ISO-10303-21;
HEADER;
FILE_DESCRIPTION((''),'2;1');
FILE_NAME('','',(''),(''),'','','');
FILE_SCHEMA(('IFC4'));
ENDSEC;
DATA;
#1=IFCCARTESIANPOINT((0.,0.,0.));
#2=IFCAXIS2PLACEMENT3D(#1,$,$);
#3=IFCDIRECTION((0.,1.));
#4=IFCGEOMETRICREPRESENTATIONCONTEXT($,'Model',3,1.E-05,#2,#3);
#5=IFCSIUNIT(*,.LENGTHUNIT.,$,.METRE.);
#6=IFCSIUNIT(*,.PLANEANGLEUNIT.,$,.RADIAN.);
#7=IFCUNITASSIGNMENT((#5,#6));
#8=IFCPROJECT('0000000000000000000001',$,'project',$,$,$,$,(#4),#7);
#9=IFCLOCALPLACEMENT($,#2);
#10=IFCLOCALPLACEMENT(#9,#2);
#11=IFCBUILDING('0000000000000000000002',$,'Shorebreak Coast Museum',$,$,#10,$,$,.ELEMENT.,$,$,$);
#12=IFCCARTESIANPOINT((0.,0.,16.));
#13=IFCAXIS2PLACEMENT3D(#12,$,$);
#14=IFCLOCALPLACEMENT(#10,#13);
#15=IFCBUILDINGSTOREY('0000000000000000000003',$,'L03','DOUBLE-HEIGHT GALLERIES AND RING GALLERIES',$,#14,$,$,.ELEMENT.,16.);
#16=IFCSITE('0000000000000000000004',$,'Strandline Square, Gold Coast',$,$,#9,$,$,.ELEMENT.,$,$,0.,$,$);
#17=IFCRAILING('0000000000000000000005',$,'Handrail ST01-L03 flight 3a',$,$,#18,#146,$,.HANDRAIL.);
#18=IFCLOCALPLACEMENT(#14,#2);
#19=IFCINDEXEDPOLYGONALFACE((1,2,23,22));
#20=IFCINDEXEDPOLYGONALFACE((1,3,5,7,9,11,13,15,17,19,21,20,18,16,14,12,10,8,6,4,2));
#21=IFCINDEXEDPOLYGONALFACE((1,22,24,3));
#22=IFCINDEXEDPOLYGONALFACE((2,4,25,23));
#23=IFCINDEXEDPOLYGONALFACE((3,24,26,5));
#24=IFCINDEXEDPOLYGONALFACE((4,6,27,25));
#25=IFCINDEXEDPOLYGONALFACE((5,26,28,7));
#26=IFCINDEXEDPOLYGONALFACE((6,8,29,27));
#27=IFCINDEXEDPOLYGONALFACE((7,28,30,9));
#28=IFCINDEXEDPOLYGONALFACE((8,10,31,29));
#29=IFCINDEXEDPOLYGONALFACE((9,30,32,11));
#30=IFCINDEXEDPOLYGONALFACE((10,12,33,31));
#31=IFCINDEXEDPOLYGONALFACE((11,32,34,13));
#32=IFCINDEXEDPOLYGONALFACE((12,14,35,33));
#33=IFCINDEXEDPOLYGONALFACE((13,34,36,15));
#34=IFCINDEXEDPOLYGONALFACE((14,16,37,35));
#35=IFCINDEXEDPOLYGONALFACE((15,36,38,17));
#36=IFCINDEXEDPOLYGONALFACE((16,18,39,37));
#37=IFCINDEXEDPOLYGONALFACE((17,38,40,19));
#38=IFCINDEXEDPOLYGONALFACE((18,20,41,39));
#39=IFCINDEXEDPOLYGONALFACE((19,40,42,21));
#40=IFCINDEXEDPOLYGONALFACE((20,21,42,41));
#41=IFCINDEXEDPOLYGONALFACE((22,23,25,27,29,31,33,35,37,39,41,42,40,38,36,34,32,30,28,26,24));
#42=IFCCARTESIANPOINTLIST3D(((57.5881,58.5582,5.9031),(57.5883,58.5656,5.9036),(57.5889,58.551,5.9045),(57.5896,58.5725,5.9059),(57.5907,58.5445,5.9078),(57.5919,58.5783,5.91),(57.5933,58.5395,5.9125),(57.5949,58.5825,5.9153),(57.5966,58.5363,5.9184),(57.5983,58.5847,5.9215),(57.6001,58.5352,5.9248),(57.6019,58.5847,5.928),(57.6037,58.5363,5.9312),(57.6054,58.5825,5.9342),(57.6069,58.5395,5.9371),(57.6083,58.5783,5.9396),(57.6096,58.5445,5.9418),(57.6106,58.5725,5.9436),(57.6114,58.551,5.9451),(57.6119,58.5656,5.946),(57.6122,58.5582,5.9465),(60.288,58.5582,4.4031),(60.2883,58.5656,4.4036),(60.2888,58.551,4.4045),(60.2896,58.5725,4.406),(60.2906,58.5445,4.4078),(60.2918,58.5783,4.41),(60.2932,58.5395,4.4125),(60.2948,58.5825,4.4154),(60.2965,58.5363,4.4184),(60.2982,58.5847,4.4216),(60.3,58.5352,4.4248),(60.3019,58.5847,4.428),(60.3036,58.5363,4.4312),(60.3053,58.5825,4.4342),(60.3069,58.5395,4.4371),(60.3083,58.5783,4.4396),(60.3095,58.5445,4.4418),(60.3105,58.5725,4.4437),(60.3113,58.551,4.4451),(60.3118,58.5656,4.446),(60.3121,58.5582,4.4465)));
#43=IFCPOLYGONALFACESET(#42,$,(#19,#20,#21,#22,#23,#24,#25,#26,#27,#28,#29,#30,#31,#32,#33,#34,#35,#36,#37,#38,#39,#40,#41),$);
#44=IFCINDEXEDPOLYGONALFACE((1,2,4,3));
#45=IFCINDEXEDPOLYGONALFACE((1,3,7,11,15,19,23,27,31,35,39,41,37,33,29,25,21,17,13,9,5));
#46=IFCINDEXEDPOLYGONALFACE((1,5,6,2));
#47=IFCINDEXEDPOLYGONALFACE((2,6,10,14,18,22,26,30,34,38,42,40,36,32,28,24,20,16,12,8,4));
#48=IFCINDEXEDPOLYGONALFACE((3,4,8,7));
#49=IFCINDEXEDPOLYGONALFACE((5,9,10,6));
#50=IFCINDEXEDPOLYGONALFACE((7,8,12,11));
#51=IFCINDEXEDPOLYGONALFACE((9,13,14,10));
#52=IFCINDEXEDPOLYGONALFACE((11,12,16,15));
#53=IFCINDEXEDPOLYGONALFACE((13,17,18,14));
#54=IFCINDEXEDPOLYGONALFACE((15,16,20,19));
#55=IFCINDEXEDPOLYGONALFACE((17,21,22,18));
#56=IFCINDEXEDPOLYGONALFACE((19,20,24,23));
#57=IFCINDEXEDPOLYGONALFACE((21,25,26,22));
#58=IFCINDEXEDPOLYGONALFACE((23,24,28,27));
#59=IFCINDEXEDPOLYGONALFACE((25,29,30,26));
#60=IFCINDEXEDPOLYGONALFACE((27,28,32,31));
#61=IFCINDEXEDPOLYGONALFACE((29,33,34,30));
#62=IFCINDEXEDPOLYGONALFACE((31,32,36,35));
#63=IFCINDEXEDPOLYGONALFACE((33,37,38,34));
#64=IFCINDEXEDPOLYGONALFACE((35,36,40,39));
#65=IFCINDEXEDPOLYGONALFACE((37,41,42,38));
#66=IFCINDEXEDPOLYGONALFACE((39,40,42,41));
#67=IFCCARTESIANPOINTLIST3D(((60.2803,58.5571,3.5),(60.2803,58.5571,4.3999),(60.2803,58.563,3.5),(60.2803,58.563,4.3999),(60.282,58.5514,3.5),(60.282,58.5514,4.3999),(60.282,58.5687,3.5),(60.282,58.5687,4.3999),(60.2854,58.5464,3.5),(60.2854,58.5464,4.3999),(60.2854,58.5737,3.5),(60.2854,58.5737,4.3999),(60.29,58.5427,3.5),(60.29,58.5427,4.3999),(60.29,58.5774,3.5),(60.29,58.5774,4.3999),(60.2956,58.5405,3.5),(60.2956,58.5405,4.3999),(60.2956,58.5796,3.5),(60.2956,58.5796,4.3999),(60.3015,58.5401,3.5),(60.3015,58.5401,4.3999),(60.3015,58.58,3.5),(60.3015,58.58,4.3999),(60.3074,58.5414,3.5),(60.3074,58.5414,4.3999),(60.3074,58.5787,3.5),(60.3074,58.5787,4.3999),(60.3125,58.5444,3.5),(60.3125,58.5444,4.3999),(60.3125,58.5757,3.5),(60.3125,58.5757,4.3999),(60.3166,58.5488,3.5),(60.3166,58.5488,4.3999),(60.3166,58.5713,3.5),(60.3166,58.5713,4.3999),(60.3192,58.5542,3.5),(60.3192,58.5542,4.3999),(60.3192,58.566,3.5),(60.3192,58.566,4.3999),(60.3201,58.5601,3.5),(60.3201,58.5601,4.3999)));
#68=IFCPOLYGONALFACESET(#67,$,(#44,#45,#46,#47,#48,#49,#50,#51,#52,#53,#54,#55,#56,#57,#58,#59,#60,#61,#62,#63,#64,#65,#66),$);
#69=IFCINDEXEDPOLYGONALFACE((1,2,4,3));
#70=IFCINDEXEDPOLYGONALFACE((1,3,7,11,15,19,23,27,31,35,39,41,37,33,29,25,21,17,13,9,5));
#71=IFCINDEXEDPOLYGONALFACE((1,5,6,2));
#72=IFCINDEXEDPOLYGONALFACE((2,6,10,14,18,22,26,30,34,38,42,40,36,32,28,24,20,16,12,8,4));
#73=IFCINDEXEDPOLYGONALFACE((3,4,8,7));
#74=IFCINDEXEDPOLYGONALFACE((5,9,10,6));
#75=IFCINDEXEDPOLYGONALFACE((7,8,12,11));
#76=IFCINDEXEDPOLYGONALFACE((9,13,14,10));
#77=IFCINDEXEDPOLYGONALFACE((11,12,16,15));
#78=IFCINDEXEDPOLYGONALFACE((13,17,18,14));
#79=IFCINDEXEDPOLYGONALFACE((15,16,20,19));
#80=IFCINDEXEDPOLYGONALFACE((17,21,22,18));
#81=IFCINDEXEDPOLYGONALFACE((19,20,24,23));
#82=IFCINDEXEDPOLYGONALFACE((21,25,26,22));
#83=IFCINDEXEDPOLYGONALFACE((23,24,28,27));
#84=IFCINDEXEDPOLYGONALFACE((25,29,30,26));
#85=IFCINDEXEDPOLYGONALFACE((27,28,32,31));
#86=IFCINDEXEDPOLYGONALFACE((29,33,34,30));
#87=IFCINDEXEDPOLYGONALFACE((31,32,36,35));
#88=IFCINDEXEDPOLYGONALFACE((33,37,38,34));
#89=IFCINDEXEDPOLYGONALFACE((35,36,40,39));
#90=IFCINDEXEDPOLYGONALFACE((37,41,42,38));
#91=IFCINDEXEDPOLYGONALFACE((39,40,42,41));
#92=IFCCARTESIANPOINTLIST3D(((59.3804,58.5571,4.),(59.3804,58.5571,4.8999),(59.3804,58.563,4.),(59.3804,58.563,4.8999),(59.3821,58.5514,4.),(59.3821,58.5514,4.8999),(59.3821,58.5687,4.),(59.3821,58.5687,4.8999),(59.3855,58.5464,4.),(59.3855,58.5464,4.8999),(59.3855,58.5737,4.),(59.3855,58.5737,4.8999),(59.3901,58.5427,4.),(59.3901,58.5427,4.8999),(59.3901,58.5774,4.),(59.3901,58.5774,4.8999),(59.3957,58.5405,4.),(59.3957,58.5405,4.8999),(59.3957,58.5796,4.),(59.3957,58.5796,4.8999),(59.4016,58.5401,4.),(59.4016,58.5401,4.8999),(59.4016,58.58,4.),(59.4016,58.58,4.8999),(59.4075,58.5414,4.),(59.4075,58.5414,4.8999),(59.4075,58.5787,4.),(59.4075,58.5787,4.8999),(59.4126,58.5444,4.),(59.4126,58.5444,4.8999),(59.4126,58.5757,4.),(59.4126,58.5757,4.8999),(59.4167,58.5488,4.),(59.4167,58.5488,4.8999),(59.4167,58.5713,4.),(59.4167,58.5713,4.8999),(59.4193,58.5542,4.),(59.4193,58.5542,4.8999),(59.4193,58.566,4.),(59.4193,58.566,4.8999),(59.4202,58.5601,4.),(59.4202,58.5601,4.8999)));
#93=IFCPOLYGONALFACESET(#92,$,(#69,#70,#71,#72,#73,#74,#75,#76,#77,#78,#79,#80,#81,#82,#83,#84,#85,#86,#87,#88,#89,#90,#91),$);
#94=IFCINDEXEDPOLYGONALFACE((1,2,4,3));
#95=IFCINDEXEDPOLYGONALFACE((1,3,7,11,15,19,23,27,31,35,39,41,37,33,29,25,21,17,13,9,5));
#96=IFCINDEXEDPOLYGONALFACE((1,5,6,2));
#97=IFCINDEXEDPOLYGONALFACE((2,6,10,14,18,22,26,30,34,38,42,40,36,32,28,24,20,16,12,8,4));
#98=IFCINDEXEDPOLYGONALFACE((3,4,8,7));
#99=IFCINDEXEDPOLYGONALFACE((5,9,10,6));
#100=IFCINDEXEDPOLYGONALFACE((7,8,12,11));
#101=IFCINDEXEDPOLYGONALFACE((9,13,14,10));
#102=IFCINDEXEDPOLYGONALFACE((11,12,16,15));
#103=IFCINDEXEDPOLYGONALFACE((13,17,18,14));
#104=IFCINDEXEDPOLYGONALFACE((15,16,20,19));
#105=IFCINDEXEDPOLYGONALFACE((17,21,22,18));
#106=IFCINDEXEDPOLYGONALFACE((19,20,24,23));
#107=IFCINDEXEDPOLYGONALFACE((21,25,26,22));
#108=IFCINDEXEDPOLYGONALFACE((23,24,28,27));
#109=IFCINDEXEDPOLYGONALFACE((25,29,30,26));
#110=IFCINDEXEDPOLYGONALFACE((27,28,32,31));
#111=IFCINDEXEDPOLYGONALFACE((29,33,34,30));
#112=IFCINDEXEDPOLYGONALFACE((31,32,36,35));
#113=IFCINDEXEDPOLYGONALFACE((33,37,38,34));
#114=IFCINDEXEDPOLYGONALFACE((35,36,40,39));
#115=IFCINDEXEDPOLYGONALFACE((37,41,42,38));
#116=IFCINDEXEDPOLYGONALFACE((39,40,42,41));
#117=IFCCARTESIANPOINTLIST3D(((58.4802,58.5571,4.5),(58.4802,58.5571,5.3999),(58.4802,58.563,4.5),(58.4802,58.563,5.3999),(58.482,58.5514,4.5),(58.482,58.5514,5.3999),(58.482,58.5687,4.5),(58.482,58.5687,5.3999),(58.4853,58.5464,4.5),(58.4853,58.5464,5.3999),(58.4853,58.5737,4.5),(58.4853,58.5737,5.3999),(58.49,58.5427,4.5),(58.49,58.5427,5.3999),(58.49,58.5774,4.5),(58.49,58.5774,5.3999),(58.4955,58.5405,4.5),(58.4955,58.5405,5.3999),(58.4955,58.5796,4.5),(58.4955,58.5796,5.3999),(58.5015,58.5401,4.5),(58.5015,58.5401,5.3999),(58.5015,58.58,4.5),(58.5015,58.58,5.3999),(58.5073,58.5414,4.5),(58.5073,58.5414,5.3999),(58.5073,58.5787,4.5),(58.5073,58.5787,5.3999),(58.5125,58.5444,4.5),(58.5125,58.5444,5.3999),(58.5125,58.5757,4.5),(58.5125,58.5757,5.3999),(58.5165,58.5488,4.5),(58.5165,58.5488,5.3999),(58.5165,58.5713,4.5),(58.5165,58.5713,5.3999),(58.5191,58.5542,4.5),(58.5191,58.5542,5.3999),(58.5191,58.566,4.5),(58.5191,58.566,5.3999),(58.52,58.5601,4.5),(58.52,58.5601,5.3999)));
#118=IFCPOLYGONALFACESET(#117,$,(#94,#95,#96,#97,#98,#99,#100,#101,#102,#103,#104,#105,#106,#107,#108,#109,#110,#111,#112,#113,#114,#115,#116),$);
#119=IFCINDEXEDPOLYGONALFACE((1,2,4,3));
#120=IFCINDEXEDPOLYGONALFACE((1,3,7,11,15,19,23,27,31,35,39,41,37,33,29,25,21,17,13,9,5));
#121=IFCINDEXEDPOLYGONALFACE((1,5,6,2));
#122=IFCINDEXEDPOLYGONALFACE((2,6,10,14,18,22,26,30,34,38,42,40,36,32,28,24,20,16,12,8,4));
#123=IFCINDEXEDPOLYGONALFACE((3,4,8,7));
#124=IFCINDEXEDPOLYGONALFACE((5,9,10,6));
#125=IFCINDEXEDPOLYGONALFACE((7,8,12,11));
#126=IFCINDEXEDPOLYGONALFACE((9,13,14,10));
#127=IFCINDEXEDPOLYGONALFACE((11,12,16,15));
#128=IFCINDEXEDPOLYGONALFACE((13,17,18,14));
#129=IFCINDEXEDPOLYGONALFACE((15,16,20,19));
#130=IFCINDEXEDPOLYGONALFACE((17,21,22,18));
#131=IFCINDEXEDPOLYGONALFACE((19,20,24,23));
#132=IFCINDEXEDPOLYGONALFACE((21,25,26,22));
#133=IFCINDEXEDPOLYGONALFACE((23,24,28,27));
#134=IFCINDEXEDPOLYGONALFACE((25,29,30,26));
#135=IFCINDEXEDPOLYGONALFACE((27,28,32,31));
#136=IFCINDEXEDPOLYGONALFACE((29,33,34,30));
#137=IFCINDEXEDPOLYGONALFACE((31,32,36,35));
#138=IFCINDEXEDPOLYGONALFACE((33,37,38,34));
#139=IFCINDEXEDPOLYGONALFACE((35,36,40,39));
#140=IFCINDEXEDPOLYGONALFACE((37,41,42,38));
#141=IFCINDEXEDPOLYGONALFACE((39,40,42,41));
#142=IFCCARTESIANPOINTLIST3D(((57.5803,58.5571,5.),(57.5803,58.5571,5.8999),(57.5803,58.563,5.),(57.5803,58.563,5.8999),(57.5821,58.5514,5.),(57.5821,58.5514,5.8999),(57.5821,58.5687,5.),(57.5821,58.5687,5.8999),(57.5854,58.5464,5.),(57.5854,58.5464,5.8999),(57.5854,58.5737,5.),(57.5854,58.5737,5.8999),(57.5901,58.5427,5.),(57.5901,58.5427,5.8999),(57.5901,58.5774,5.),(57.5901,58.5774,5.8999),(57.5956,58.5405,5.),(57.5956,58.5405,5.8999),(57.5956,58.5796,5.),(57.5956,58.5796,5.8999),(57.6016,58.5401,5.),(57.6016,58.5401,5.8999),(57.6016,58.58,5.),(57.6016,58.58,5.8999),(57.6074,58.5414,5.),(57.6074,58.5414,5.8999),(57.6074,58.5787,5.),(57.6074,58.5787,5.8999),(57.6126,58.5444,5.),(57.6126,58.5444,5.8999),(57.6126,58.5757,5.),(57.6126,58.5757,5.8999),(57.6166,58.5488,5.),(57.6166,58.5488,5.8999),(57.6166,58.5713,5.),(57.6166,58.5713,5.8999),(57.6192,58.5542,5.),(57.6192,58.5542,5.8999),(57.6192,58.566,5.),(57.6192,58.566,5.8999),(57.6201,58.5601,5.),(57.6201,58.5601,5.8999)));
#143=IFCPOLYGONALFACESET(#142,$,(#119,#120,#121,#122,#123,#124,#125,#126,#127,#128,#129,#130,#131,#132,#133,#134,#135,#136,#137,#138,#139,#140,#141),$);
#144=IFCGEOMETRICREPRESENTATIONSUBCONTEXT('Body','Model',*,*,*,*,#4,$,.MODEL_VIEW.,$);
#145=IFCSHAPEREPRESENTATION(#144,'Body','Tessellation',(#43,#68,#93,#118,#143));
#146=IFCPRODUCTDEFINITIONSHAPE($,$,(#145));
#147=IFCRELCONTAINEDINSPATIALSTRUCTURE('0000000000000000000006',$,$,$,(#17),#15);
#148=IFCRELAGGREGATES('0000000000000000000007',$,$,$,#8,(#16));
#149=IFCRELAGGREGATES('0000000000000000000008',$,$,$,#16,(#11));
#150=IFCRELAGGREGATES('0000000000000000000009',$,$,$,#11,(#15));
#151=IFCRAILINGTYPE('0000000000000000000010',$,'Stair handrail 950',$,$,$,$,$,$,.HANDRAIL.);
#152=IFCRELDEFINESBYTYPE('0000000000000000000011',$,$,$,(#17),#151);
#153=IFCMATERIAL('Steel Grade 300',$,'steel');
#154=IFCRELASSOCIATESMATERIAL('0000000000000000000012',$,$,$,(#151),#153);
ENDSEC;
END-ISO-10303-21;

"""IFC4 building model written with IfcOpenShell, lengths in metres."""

from ifc_helpers import new_model, si_unit, direction, frame, origin, origin_2d, place, context, subcontext, project, spatial, circle, extrude, material, type_object, element, save


model = new_model("IFC4")

# Units and contexts
model_context = context("Model", 3, precision=1e-05, world=origin(), true_north=direction((0.0, 1.0)))
body_context = subcontext(model_context, "Body", "Model", "MODEL_VIEW")
ifc_project = project(units=[si_unit("LENGTHUNIT", "METRE"), si_unit("PLANEANGLEUNIT", "RADIAN")], contexts=[model_context])

# Site, building, storey
site_placement = place(None, origin())
site = spatial("IfcSite", under=ifc_project, at=site_placement, Name="Strandline Square, Gold Coast", CompositionType="ELEMENT", RefElevation=0.0)
building_placement = place(site_placement, origin())
building = spatial("IfcBuilding", under=site, at=building_placement, Name="Shorebreak Coast Museum", CompositionType="ELEMENT")
storey_placement = place(building_placement, frame((0.0, 0.0, 16.0)))
storey = spatial("IfcBuildingStorey", under=building, at=storey_placement, Name="L03", Description="DOUBLE-HEIGHT GALLERIES AND RING GALLERIES", CompositionType="ELEMENT", Elevation=16.0)

# Railing
ifc_material_1 = material(Name="Steel Grade 300", Category="steel")
railing_type_1 = type_object("IfcRailingType", Name="Stair handrail 950", PredefinedType="HANDRAIL", material=ifc_material_1)
for number, where, name in (
    (1, (60.3, 58.5601, 3.5), "Handrail ST01-L03 flight 3a"),
):
    element("IfcRailing", number, at=place(storey_placement, frame(where)), inside=storey, type_object=railing_type_1, Name=name, PredefinedType="HANDRAIL", context=body_context, shape_type="SweptSolid", body=[
        extrude(circle(Radius=0.0249, at=origin_2d()), frame((0.0, 0.0, 0.9248), z_axis=(-0.874154, 0.0, 0.48565), x_axis=(0.0, -1.0, 0.0)), (0.0, 0.0, 1.0), 3.0886),
        extrude(circle(Radius=0.02, at=origin_2d()), origin(), (0.0, 0.0, 1.0), 0.8999),
        extrude(circle(Radius=0.02, at=origin_2d()), frame((-0.8999, 0.0, 0.5)), (0.0, 0.0, 1.0), 0.8999),
        extrude(circle(Radius=0.02, at=origin_2d()), frame((-1.8, 0.0, 1.0)), (0.0, 0.0, 1.0), 0.8999),
        extrude(circle(Radius=0.02, at=origin_2d()), frame((-2.7, 0.0, 1.5)), (0.0, 0.0, 1.0), 0.8999),
    ])

save(model, "model.ifc")
